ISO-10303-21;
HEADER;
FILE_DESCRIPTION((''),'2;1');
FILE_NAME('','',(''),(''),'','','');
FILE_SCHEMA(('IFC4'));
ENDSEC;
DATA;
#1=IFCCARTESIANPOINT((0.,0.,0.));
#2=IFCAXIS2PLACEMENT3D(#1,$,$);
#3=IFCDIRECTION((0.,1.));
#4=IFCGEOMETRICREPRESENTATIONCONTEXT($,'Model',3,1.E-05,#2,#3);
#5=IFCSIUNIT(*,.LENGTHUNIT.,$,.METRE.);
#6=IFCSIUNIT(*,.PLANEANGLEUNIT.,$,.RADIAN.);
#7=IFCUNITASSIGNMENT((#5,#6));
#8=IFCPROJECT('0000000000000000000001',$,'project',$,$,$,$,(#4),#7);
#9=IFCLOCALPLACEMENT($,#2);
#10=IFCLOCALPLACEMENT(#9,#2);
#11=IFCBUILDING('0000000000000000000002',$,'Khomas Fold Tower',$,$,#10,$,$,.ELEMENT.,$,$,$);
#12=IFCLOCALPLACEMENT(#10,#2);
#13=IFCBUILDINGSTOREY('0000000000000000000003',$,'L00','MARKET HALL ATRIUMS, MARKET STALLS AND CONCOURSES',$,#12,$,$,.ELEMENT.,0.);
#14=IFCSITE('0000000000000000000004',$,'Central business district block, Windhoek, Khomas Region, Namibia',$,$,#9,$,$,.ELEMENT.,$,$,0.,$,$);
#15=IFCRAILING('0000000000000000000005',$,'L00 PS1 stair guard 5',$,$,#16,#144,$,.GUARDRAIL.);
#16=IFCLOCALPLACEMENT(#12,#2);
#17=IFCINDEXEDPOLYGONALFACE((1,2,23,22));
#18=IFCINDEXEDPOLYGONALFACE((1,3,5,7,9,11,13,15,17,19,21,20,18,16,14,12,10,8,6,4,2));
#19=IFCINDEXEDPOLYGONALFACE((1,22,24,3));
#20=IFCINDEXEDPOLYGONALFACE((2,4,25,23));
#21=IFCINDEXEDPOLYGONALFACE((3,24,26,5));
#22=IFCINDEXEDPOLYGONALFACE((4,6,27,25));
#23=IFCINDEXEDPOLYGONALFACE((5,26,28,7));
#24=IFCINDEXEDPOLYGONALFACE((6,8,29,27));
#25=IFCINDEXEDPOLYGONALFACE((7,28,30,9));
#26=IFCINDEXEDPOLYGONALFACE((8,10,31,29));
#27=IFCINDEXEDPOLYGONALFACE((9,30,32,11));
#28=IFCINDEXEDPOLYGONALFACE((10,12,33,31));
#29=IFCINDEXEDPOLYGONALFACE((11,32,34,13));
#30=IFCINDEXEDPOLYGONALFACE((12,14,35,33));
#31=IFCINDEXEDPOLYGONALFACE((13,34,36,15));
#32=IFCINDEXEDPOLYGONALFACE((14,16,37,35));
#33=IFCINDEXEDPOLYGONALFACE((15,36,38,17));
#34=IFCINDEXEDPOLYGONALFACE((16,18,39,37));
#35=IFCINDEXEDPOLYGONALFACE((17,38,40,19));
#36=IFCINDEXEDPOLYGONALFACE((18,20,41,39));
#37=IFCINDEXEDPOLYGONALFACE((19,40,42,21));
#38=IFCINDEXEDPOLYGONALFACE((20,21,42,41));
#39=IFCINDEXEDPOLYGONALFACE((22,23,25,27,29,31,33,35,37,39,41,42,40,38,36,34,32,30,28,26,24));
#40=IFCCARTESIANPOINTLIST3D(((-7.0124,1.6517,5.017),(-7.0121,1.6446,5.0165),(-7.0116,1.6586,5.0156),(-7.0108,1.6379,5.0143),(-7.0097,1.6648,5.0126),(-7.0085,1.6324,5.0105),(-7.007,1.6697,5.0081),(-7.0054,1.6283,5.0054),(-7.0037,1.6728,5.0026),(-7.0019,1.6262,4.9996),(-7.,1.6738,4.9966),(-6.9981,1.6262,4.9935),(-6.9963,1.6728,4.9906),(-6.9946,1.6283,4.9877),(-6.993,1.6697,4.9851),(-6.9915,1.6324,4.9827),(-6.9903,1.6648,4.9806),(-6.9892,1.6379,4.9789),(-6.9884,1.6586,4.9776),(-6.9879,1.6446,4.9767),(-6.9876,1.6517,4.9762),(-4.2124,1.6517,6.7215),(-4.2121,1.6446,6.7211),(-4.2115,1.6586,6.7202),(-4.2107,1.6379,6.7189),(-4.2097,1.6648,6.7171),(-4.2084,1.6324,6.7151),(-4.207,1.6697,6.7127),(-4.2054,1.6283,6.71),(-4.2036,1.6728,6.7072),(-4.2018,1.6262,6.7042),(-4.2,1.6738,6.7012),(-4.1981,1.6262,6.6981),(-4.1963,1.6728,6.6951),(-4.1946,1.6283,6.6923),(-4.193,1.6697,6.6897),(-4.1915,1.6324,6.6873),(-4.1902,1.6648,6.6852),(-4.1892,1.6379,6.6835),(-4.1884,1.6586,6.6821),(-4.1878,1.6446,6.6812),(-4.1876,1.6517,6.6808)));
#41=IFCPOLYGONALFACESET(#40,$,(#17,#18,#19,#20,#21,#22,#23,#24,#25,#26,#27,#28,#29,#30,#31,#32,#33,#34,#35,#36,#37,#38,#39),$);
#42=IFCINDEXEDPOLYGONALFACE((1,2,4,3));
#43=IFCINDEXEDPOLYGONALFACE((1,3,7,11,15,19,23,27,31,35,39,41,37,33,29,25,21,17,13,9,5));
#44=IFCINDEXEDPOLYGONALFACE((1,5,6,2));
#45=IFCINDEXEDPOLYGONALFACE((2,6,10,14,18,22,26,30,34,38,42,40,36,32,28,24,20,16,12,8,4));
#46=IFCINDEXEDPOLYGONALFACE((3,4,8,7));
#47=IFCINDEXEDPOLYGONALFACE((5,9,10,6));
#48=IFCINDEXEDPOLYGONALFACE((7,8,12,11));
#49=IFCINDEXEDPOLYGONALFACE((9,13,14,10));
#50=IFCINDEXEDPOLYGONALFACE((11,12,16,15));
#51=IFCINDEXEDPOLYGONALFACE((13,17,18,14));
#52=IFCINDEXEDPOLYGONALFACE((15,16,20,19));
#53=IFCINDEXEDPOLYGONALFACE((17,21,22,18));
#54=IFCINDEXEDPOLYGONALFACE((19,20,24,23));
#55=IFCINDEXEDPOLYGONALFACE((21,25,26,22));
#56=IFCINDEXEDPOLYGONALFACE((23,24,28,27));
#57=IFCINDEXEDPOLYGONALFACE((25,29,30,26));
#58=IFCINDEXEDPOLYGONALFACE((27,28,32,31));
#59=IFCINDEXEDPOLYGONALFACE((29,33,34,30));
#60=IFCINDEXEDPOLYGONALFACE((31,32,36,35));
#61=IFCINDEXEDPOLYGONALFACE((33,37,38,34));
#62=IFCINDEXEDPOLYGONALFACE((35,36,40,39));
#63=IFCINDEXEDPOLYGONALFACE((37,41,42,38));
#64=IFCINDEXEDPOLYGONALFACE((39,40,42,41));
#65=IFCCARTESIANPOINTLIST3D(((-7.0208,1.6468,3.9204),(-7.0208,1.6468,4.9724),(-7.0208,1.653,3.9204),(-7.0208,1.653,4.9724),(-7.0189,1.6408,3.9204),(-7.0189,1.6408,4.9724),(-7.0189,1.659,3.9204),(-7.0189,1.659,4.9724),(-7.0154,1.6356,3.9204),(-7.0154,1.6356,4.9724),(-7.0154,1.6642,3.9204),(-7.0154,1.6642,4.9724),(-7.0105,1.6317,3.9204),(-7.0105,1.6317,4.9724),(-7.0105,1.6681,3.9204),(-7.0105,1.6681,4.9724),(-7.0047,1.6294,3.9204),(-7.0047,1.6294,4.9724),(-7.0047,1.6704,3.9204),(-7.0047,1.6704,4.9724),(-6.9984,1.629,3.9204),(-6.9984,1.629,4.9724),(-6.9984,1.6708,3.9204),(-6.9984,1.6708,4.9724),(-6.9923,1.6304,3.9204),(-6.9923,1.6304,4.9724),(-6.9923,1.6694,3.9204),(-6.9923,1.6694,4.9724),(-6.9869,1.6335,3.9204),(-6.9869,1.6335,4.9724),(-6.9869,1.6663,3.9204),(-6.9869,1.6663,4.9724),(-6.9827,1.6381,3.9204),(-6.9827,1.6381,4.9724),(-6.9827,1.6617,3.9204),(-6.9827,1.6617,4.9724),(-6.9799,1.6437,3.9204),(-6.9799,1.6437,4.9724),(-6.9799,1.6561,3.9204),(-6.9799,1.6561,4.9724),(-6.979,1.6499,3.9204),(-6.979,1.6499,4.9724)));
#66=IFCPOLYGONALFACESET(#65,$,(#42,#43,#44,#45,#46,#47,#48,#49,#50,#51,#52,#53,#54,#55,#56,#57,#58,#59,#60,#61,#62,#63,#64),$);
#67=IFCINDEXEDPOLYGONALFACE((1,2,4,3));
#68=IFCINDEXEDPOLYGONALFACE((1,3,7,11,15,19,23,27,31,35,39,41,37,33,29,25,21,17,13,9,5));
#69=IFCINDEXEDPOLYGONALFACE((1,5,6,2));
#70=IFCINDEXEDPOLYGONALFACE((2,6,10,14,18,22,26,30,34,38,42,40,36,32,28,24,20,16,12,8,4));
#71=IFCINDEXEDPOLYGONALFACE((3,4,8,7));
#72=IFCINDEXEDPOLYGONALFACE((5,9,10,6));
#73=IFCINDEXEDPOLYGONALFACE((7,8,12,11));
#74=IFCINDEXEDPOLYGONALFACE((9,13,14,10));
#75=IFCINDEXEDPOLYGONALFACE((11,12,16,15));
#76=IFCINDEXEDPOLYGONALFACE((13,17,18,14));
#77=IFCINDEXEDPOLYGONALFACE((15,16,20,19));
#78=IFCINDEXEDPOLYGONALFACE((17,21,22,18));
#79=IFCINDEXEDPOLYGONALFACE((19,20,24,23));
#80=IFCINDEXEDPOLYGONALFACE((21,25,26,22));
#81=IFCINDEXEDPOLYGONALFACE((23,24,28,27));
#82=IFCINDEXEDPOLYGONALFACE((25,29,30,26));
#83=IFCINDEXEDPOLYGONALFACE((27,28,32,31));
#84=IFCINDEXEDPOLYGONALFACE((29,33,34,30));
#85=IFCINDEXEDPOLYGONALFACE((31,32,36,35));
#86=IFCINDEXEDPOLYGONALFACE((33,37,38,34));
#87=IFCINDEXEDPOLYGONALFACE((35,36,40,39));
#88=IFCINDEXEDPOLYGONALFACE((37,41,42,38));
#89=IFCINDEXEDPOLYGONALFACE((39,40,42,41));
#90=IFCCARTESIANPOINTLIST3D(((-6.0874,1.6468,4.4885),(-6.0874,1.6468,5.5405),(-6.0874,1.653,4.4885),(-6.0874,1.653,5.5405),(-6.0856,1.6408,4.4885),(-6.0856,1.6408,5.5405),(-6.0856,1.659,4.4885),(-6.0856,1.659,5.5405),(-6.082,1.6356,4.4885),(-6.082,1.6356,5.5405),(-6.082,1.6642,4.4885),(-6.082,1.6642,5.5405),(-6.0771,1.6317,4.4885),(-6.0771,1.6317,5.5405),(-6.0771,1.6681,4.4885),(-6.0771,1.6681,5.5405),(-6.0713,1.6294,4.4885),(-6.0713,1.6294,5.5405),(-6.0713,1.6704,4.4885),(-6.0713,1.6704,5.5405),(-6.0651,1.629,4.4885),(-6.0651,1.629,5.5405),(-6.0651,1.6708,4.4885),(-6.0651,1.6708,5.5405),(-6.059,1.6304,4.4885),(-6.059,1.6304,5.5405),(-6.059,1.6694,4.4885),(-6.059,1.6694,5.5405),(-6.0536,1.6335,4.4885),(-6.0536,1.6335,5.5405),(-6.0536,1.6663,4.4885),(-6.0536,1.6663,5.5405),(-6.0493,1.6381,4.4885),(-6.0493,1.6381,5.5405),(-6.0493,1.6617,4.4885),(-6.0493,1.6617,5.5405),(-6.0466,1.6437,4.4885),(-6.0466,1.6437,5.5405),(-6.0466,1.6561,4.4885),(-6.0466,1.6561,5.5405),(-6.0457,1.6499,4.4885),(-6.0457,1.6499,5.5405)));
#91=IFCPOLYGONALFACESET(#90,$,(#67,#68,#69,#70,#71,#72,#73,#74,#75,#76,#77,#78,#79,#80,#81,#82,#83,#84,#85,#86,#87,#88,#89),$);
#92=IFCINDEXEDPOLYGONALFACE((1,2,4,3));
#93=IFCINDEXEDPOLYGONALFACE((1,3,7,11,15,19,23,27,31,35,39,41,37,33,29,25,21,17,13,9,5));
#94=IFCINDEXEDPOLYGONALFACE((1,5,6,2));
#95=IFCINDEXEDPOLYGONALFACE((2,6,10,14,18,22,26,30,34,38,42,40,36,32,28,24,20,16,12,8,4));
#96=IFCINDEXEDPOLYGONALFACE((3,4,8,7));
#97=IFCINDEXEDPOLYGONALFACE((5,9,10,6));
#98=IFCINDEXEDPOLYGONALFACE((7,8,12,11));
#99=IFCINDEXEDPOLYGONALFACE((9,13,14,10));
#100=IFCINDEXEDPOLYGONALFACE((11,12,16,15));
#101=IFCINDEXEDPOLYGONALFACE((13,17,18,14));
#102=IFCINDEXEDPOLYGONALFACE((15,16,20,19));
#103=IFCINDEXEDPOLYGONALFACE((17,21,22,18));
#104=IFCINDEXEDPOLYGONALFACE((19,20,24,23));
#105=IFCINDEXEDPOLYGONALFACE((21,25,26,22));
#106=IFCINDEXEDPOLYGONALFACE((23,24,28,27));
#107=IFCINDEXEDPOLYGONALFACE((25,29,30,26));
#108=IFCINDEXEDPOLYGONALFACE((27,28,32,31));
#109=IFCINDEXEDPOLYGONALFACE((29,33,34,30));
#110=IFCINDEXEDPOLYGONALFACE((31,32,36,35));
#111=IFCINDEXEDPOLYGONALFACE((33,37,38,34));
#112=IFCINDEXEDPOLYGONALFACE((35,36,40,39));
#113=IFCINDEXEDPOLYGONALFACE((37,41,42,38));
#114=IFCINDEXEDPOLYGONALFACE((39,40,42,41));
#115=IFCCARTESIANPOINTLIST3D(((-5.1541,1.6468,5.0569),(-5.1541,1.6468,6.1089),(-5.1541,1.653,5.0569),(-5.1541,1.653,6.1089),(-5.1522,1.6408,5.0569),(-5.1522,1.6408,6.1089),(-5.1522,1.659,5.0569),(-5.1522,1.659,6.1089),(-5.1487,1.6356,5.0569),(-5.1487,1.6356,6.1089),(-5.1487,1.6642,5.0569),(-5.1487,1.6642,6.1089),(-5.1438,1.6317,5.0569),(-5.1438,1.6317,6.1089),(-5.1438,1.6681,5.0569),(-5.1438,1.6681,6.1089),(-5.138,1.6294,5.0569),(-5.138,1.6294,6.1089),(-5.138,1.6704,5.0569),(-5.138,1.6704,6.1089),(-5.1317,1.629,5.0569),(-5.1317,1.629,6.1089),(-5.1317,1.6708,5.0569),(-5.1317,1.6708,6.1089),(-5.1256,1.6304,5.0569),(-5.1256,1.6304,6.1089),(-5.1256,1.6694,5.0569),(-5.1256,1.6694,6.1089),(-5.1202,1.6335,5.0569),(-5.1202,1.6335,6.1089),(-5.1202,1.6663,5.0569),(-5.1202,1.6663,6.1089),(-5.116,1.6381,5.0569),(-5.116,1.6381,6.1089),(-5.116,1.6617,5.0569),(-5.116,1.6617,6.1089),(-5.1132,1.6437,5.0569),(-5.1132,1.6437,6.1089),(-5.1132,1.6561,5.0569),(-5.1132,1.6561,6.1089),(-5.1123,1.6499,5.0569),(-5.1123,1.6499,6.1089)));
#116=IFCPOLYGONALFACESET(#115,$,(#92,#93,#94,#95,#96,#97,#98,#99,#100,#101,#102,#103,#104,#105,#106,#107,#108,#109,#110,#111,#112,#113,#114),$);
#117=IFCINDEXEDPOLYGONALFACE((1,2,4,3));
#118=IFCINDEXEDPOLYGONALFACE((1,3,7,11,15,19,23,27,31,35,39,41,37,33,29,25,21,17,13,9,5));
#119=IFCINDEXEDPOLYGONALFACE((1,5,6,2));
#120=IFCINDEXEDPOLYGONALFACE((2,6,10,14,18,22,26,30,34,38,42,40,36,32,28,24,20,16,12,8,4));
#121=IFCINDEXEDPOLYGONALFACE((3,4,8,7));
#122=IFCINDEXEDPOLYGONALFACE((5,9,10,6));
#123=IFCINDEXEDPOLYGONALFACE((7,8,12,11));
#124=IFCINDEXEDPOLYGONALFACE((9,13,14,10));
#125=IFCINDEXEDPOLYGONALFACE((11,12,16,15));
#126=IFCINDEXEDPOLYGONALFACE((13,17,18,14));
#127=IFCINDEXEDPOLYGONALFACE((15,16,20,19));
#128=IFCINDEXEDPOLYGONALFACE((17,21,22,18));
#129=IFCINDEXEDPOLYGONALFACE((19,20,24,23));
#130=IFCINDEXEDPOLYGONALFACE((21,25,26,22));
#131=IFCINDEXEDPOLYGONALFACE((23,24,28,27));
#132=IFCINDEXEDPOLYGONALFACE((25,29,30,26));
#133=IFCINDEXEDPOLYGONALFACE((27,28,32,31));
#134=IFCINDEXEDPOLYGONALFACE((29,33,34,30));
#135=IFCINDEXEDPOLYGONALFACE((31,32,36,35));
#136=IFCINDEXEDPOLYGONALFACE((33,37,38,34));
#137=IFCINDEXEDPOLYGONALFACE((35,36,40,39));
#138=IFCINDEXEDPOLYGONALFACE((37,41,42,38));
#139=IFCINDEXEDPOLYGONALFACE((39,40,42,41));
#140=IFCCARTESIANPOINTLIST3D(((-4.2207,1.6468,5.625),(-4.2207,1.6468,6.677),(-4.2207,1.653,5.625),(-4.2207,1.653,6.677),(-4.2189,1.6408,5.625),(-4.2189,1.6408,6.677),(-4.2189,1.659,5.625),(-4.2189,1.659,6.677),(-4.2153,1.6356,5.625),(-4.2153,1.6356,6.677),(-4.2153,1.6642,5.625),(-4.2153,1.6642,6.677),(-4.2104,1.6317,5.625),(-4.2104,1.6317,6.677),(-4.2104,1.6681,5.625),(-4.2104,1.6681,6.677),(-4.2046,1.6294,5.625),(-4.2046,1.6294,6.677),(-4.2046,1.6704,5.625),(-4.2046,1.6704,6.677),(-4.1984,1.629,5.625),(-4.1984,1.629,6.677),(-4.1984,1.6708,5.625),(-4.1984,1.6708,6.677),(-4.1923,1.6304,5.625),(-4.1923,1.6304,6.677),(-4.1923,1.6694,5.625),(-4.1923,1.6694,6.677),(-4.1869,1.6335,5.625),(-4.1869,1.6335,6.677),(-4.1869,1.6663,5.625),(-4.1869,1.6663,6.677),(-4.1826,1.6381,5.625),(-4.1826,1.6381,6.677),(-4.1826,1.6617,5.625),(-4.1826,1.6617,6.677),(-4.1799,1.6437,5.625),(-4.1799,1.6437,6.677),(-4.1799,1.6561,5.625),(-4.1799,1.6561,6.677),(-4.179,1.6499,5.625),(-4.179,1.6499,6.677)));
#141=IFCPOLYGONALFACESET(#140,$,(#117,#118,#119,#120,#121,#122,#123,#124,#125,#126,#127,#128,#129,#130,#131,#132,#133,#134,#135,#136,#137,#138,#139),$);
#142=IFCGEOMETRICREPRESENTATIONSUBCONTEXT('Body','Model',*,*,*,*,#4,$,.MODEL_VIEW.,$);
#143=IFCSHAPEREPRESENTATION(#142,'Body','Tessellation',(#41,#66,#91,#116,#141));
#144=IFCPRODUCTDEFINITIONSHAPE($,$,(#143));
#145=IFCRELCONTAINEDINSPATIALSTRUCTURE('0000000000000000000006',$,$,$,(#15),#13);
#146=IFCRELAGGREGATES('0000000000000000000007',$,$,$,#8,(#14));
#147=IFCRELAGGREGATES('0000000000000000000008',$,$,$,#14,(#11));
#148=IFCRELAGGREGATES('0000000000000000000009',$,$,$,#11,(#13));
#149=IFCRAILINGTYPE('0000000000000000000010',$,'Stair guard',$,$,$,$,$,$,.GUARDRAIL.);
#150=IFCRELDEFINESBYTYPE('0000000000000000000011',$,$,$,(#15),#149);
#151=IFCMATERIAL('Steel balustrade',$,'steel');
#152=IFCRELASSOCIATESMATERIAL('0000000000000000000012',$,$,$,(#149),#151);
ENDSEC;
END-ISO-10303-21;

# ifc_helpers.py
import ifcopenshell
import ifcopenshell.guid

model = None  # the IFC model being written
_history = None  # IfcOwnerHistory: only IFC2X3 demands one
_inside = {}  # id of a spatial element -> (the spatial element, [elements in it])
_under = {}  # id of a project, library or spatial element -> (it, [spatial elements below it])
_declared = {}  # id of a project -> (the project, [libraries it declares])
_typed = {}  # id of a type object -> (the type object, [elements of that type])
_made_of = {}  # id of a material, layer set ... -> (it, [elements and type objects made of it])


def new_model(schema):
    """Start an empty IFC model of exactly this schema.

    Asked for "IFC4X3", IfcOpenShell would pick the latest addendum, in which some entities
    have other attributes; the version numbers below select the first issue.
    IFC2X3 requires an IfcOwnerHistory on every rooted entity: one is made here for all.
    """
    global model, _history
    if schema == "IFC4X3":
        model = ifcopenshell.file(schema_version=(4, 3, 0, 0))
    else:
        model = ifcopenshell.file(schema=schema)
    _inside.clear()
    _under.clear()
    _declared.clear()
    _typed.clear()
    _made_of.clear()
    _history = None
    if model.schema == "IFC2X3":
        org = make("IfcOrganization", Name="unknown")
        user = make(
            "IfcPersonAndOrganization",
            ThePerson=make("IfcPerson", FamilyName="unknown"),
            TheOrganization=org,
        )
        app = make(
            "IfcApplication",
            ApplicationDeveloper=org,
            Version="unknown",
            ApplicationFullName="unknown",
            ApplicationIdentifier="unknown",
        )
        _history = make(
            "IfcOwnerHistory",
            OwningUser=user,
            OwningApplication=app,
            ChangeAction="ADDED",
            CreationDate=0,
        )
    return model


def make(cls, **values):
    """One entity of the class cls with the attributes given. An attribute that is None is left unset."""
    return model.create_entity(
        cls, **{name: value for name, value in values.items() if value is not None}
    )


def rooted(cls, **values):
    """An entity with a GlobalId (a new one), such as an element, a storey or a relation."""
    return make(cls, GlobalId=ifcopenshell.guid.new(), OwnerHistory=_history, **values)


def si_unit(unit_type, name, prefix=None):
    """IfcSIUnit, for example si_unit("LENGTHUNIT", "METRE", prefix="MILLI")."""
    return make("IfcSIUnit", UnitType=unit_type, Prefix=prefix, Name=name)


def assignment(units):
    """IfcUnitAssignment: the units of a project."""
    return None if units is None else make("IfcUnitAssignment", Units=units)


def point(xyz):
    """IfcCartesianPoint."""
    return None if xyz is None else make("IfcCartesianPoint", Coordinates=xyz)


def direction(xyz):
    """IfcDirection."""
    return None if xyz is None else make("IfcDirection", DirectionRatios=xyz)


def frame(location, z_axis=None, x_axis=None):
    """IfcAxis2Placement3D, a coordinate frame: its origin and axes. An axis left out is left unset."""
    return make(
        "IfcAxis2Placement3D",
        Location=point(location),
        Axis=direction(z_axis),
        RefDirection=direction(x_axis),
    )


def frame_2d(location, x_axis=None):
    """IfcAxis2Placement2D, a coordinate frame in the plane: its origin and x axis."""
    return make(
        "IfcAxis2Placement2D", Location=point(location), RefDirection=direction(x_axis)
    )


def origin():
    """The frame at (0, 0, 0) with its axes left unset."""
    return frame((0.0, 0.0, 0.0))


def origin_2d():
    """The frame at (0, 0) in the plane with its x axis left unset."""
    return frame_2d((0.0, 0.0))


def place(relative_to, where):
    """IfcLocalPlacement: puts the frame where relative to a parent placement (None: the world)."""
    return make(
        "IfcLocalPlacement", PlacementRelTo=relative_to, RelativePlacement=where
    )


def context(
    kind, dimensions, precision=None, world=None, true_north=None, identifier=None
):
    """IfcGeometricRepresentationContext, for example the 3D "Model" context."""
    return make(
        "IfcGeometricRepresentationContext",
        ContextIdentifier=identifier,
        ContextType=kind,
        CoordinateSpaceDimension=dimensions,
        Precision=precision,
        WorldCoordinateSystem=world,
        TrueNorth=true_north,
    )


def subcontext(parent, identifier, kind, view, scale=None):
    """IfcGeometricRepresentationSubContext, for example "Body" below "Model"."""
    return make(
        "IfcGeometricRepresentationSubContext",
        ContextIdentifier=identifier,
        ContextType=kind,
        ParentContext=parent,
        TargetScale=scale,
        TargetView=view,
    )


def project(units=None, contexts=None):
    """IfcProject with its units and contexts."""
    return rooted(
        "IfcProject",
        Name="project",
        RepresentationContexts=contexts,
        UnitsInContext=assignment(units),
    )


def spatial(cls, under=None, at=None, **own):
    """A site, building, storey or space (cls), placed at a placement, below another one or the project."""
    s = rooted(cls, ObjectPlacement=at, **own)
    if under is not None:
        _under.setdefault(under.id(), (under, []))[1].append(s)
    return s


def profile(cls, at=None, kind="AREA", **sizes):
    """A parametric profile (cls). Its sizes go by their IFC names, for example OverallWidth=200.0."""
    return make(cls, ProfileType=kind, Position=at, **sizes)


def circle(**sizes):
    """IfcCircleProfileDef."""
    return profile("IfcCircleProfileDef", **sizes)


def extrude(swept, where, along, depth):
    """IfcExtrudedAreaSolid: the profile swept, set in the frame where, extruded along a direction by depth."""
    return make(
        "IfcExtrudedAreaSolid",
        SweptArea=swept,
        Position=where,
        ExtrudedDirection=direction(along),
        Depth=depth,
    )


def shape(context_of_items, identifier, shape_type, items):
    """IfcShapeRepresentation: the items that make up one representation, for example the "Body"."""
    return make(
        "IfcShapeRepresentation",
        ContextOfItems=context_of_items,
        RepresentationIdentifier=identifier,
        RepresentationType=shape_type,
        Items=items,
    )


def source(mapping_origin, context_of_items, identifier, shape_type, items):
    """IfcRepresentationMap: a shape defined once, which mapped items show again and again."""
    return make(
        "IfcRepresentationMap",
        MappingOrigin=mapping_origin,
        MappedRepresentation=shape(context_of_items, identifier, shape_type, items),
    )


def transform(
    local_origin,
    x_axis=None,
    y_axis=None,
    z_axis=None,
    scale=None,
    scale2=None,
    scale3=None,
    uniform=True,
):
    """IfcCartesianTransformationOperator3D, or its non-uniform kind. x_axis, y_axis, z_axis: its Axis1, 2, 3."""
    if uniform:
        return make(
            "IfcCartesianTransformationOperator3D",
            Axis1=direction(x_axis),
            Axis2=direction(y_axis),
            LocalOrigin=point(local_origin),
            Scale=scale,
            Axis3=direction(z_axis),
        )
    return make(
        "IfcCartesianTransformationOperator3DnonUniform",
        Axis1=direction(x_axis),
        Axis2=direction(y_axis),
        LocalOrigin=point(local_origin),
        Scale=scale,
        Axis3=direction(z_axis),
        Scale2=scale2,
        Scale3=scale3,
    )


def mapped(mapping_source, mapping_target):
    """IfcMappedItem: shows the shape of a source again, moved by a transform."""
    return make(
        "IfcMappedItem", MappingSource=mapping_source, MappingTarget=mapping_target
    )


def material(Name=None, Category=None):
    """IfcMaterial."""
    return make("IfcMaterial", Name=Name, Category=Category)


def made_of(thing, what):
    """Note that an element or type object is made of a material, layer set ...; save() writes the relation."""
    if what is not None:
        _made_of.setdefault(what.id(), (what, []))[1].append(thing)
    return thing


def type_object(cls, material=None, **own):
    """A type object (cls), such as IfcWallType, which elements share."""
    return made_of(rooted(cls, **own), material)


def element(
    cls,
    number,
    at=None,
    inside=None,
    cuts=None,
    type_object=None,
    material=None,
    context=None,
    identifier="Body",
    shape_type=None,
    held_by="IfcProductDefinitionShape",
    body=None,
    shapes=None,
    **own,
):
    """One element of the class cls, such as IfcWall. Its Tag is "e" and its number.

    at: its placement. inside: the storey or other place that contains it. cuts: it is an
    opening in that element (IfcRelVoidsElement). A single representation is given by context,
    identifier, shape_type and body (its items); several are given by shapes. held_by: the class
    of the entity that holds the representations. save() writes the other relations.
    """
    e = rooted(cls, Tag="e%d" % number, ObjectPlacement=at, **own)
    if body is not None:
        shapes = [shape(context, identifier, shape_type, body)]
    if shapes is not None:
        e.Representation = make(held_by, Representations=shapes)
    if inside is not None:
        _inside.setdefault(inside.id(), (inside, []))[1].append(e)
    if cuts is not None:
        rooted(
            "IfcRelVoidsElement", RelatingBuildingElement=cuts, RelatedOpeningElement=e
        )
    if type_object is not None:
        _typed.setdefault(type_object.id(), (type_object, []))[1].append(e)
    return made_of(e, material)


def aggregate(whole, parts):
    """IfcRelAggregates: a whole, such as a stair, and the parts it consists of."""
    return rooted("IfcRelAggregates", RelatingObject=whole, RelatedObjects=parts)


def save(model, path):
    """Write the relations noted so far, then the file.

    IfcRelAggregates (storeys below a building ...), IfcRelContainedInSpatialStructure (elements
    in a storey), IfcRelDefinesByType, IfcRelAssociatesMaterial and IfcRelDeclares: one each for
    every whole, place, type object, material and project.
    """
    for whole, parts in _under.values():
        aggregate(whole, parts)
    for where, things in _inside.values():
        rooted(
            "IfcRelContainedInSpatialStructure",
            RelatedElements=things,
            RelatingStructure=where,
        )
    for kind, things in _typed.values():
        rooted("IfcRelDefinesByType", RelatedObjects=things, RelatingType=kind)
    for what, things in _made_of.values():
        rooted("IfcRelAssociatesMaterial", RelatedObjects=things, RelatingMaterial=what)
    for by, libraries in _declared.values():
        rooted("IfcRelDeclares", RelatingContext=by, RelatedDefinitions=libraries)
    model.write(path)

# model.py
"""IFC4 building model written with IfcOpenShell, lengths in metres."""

from ifc_helpers import new_model, si_unit, direction, frame, origin, origin_2d, place, context, subcontext, project, spatial, circle, extrude, source, transform, mapped, material, type_object, element, save


model = new_model("IFC4")

# Units and contexts
model_context = context("Model", 3, precision=1e-05, world=origin(), true_north=direction((0.0, 1.0)))
body_context = subcontext(model_context, "Body", "Model", "MODEL_VIEW")
ifc_project = project(units=[si_unit("LENGTHUNIT", "METRE"), si_unit("PLANEANGLEUNIT", "RADIAN")], contexts=[model_context])

# Site, building, storey
site_placement = place(None, origin())
site = spatial("IfcSite", under=ifc_project, at=site_placement, Name="Central business district block, Windhoek, Khomas Region, Namibia", CompositionType="ELEMENT", RefElevation=0.0)
building_placement = place(site_placement, origin())
building = spatial("IfcBuilding", under=site, at=building_placement, Name="Khomas Fold Tower", CompositionType="ELEMENT")
storey_placement = place(building_placement, origin())
storey = spatial("IfcBuildingStorey", under=building, at=storey_placement, Name="L00", Description="MARKET HALL ATRIUMS, MARKET STALLS AND CONCOURSES", CompositionType="ELEMENT", Elevation=0.0)

# Railing
ifc_material_1 = material(Name="Steel balustrade", Category="steel")
railing_type_1 = type_object("IfcRailingType", Name="Stair guard", PredefinedType="GUARDRAIL", material=ifc_material_1)
shared_shape_1 = source(origin(), body_context, "Body", "SweptSolid", [
    extrude(circle(Radius=0.0239, at=origin_2d()), frame((0.0, 0.0, 1.0762), z_axis=(0.85417, 0.0, 0.519994), x_axis=(0.0, 1.0, 0.0)), (0.0, 0.0, 1.0), 3.2781),
    extrude(circle(Radius=0.021, at=origin_2d()), origin(), (0.0, 0.0, 1.0), 1.052),
    extrude(circle(Radius=0.021, at=origin_2d()), frame((0.9333, 0.0, 0.5681)), (0.0, 0.0, 1.0), 1.052),
    extrude(circle(Radius=0.021, at=origin_2d()), frame((1.8667, 0.0, 1.1365)), (0.0, 0.0, 1.0), 1.052),
    extrude(circle(Radius=0.021, at=origin_2d()), frame((2.8, 0.0, 1.7046)), (0.0, 0.0, 1.0), 1.052),
])
for number, where, name in (
    (1, (-7.0, 1.6499, 3.9204), "L00 PS1 stair guard 5"),
):
    element("IfcRailing", number, at=place(storey_placement, frame(where)), inside=storey, type_object=railing_type_1, Name=name, PredefinedType="GUARDRAIL", context=body_context, shape_type="MappedRepresentation", body=[
        mapped(shared_shape_1, transform((0.0, 0.0, 0.0))),
    ])

save(model, "model.ifc")
